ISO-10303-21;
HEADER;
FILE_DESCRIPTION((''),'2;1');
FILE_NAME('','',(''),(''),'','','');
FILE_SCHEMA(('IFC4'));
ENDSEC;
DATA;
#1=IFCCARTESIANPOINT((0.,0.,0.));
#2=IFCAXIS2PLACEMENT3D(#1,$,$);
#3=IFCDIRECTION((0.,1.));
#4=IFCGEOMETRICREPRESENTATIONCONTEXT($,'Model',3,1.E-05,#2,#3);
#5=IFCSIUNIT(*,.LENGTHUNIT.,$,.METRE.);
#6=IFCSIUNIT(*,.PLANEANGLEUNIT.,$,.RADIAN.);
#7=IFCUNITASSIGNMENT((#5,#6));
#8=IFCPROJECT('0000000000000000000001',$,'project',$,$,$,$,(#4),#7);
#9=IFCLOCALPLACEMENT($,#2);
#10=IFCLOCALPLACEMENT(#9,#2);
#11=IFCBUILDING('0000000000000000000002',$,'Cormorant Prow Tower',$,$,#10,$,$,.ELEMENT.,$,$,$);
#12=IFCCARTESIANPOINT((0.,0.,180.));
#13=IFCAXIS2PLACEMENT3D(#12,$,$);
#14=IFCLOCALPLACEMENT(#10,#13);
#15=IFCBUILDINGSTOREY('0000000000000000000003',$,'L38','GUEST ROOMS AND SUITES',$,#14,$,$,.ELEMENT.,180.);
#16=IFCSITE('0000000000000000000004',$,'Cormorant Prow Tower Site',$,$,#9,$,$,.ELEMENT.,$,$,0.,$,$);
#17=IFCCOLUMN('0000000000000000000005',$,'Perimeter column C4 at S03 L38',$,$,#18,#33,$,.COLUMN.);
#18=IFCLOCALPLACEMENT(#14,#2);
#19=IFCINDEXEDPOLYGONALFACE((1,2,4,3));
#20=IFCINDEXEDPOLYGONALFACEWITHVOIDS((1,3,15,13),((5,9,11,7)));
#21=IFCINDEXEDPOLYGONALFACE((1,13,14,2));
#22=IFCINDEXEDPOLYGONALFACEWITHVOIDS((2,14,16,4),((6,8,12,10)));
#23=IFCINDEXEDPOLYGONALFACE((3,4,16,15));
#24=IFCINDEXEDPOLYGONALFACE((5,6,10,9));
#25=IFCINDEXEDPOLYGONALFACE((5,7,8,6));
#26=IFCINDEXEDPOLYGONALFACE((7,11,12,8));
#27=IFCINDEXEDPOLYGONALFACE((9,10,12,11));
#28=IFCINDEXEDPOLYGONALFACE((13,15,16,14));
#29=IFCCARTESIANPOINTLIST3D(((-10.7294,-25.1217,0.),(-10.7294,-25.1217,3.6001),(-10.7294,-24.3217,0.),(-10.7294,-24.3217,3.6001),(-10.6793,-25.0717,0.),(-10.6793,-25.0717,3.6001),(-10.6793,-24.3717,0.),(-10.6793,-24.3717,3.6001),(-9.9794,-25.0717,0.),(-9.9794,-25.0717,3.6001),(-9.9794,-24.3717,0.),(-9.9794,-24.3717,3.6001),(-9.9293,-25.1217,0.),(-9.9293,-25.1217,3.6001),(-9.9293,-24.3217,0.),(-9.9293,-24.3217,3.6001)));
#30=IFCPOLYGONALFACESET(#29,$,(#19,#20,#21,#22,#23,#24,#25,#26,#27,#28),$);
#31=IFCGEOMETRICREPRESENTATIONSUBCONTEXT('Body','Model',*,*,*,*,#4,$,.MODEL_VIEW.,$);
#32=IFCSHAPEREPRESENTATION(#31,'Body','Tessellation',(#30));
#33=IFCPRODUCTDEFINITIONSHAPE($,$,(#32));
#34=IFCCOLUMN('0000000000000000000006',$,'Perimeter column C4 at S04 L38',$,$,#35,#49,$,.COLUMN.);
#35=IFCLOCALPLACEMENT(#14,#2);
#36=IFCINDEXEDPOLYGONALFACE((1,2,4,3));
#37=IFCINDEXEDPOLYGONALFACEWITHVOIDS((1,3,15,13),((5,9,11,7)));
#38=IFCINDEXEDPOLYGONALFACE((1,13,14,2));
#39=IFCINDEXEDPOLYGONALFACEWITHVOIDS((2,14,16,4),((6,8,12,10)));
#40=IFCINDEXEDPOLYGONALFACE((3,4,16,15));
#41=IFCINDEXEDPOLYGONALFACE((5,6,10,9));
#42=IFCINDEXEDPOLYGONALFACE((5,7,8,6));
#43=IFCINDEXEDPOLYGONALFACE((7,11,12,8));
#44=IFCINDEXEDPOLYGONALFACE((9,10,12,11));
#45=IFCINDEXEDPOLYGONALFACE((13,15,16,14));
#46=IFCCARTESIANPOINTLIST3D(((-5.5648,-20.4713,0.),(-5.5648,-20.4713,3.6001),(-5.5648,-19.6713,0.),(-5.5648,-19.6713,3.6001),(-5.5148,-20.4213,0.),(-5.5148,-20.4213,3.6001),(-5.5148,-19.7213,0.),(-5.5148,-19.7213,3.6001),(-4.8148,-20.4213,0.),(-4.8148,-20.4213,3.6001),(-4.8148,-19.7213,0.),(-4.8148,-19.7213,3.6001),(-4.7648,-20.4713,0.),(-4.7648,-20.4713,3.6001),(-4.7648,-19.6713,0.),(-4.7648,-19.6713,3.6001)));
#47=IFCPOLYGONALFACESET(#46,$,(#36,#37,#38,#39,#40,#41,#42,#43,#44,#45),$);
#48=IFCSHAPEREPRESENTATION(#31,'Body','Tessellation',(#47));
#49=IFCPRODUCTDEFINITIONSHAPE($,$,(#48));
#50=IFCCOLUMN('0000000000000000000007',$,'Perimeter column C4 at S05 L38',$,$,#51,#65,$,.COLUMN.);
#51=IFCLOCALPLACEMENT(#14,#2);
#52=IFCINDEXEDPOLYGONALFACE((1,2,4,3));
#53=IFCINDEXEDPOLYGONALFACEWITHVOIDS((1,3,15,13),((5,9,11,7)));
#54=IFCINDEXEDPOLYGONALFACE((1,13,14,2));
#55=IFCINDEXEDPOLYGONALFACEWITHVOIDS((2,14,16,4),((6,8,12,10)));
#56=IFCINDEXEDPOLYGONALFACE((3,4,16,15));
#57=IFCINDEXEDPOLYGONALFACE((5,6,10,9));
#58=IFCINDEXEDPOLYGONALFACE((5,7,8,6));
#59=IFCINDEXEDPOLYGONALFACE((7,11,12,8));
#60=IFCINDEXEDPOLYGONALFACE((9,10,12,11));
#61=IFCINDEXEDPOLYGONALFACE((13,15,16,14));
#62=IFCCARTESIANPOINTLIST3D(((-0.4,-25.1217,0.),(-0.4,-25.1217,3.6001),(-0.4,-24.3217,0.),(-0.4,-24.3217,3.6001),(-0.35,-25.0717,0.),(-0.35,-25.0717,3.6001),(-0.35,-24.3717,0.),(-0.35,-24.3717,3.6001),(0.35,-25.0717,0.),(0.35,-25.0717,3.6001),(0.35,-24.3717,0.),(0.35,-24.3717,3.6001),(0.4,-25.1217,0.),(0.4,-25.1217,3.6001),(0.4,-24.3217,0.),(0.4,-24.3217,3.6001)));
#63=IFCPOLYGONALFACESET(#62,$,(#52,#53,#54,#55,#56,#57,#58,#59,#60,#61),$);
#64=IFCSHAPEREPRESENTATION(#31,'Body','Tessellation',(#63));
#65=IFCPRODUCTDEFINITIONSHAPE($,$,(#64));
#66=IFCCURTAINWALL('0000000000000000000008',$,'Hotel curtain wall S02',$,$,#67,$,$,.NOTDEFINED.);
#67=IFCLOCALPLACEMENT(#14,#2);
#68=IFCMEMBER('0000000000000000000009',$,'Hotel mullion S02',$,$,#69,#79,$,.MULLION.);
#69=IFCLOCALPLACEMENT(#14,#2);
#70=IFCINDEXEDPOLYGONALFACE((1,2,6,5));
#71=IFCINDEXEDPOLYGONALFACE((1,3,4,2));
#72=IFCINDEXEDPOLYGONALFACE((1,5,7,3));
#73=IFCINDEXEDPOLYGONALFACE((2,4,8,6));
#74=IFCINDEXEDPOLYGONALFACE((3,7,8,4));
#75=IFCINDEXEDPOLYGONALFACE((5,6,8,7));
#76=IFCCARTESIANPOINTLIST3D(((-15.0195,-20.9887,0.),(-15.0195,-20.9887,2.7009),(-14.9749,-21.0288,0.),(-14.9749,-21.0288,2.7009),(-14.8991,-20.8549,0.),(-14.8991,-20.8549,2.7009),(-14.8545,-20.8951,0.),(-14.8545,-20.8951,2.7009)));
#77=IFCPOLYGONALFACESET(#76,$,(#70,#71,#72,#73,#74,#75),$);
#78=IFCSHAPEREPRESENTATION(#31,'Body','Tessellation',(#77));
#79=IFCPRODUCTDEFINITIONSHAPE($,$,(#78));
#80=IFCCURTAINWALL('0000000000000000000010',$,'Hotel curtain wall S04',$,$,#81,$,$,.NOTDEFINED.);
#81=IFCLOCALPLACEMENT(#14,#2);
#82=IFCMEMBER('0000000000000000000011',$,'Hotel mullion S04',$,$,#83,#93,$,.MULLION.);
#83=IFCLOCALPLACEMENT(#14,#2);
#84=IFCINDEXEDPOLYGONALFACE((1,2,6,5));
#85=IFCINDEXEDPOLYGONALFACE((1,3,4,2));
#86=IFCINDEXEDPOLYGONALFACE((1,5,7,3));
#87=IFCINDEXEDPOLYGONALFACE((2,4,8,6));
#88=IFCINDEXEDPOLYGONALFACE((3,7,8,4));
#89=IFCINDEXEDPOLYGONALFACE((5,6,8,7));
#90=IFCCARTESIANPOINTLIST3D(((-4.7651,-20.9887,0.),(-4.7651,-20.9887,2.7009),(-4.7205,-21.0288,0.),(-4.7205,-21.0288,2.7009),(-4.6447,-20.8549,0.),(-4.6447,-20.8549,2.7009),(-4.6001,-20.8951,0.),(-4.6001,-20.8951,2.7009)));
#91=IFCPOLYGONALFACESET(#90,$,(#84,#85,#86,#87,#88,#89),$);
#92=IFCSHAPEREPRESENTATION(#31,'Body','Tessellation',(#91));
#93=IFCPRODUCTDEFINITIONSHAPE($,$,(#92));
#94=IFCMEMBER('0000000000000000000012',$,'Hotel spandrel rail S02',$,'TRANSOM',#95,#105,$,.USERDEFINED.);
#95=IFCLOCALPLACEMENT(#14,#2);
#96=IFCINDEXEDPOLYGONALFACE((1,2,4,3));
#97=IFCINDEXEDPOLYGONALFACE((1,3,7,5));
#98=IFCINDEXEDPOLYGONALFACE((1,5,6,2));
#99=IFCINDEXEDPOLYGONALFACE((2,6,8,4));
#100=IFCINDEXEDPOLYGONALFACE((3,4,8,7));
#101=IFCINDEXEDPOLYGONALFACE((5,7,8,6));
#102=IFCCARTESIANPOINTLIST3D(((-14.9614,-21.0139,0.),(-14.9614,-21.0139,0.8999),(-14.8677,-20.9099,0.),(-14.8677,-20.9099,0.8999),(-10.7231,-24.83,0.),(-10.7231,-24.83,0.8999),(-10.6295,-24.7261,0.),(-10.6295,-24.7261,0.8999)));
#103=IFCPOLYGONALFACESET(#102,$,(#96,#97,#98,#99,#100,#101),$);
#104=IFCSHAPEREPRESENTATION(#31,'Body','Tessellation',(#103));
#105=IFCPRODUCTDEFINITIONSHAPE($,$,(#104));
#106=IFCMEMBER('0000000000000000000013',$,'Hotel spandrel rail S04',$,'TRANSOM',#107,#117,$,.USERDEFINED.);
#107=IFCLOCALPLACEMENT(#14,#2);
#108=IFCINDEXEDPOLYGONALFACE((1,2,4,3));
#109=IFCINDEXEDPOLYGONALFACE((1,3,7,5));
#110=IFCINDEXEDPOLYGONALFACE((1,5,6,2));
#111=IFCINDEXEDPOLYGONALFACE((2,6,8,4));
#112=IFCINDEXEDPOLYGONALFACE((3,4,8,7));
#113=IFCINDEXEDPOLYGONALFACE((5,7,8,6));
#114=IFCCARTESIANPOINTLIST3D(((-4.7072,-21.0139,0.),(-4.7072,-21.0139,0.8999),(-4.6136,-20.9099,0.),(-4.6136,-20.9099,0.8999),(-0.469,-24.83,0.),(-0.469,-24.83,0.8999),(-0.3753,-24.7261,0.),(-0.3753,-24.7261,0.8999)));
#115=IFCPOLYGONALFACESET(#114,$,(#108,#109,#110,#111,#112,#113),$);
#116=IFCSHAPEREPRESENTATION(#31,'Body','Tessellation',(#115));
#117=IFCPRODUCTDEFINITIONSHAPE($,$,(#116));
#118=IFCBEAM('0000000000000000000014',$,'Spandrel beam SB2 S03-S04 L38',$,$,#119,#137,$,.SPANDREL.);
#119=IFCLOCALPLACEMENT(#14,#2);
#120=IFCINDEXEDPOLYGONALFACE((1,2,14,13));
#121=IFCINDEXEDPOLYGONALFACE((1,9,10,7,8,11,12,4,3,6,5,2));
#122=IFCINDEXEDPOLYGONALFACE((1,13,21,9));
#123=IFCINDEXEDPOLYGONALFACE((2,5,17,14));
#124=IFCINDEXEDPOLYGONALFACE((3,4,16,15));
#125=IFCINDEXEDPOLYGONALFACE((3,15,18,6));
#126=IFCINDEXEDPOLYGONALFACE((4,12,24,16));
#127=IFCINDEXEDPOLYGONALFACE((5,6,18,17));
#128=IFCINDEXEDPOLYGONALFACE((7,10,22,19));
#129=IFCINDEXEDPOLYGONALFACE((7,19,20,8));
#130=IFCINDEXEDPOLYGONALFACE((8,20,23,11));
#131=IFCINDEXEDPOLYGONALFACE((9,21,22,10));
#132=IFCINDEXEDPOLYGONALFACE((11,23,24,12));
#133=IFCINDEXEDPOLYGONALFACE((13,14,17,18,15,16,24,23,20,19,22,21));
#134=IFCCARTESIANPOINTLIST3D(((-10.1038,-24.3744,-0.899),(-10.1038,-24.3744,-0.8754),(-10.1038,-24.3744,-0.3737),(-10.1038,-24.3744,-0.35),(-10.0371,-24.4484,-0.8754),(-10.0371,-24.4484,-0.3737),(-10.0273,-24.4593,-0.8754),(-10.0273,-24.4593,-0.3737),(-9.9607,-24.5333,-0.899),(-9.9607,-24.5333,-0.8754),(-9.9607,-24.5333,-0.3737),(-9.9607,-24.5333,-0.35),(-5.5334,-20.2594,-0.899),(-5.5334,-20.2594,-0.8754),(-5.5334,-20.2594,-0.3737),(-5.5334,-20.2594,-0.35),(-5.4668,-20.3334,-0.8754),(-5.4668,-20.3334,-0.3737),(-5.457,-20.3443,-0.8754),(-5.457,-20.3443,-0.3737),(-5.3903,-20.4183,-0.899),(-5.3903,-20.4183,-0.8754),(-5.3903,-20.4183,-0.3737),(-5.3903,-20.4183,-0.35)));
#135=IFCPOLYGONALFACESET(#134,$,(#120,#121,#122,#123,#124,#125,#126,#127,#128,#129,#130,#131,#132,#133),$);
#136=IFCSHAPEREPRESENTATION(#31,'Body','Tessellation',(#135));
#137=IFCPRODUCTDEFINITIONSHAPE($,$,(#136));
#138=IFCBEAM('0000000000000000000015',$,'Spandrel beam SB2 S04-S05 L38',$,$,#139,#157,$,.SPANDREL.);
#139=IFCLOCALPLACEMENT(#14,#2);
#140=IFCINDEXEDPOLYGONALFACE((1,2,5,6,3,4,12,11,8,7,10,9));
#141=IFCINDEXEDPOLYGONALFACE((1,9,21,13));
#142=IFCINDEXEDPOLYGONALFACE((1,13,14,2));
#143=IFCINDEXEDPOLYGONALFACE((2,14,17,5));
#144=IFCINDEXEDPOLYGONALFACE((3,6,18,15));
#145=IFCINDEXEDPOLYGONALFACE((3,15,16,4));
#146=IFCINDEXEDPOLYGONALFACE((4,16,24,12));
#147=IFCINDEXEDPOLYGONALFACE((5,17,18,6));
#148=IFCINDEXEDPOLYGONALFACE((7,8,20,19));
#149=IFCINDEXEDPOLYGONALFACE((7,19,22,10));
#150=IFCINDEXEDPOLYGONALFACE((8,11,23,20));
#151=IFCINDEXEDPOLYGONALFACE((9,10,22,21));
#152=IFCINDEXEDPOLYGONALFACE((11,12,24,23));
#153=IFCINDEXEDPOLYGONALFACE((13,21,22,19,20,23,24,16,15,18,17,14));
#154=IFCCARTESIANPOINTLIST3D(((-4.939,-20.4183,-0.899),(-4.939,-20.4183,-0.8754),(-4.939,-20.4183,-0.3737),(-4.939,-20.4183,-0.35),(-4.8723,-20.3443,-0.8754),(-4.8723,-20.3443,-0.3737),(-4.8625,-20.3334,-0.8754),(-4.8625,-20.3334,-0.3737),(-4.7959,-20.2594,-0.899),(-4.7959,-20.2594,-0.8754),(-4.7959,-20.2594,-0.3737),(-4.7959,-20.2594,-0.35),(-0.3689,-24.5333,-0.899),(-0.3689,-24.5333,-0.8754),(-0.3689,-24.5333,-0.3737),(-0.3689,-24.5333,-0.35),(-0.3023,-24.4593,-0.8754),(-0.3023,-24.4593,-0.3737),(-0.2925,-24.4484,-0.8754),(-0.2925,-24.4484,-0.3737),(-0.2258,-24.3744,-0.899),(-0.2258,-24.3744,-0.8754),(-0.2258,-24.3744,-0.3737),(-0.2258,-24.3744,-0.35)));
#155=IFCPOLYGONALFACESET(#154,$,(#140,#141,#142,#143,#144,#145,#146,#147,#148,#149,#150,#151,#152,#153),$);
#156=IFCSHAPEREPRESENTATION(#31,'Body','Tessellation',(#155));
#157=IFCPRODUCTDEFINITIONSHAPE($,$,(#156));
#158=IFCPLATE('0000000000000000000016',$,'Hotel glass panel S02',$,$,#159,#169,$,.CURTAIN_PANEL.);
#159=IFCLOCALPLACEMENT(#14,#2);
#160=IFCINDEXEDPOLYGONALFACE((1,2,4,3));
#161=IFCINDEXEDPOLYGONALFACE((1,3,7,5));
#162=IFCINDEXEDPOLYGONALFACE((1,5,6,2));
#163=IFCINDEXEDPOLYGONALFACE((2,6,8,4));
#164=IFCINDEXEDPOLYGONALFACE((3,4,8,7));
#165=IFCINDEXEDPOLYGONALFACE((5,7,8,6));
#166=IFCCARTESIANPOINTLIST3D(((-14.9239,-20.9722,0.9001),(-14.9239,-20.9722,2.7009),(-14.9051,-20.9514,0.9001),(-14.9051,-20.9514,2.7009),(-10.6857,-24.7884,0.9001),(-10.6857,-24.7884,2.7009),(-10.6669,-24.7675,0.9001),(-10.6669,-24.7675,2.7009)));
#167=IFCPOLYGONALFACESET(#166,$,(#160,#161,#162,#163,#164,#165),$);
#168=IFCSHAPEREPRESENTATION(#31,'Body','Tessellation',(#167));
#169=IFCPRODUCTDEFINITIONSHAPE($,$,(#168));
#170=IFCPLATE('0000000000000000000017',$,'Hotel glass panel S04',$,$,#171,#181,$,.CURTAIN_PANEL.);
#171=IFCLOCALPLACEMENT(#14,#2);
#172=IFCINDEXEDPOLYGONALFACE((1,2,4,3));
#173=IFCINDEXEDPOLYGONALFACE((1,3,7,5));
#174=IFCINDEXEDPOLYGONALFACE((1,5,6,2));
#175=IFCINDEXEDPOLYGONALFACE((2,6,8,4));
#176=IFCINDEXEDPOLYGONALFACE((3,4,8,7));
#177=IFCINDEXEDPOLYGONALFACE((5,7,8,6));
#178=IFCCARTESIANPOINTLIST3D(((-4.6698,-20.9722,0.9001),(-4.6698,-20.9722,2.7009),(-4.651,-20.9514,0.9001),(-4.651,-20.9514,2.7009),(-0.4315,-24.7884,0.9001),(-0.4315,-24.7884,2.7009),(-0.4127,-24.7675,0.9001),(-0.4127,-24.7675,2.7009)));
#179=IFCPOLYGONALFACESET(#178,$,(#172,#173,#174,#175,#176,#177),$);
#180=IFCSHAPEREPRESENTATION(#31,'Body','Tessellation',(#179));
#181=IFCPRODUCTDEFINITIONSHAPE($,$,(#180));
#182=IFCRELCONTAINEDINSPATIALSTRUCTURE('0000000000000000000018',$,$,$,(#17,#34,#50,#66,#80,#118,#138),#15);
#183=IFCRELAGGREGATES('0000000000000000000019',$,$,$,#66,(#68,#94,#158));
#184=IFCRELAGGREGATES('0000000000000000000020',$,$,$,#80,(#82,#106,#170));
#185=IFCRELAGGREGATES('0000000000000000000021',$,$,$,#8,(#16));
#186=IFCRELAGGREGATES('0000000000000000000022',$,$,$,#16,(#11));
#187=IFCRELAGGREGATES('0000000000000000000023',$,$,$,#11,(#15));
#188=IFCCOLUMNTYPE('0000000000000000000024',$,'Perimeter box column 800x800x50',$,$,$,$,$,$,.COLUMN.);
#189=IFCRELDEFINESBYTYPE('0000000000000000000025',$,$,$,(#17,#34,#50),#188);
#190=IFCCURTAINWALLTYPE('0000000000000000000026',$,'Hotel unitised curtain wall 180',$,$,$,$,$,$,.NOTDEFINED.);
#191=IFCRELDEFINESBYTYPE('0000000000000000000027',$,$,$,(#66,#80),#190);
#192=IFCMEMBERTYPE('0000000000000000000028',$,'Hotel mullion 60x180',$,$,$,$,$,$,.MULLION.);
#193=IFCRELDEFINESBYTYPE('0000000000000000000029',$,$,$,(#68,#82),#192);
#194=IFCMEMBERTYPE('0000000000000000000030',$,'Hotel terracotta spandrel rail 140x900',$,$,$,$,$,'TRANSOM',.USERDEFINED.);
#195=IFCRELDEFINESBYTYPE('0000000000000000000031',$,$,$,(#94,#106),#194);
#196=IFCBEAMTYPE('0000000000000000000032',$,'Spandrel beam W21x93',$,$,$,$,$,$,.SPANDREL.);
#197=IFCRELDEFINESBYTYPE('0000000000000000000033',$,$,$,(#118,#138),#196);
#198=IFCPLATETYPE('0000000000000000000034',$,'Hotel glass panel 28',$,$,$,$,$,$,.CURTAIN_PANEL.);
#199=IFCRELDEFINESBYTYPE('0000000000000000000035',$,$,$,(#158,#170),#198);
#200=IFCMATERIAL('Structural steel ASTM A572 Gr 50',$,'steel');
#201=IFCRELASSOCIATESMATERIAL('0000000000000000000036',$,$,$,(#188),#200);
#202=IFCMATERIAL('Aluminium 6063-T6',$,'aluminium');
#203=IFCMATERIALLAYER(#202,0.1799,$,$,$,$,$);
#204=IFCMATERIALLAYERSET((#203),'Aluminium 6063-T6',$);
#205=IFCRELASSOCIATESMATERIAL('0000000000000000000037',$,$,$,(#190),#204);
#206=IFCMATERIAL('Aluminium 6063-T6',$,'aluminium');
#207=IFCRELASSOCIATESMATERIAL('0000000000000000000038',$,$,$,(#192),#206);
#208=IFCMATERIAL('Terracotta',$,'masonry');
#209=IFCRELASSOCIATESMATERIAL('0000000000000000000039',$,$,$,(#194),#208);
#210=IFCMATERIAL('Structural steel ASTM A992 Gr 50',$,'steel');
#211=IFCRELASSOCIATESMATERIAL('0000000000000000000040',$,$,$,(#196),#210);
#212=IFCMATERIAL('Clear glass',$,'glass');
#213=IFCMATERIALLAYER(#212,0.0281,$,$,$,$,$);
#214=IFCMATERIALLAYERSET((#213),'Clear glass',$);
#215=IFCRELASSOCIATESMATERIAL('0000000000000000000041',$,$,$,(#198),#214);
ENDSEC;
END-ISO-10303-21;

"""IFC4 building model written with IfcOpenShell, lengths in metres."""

from ifc_helpers import new_model, si_unit, direction, frame, origin, origin_2d, place, context, subcontext, project, spatial, rectangle, hollow_rectangle, i_section, extrude, material, layer, layer_set, material_profile, profile_set, type_object, element, aggregate, save


model = new_model("IFC4")

# Units and contexts
model_context = context("Model", 3, precision=1e-05, world=origin(), true_north=direction((0.0, 1.0)))
body_context = subcontext(model_context, "Body", "Model", "MODEL_VIEW")
ifc_project = project(units=[si_unit("LENGTHUNIT", "METRE"), si_unit("PLANEANGLEUNIT", "RADIAN")], contexts=[model_context])

# Site, building, storey
site_placement = place(None, origin())
site = spatial("IfcSite", under=ifc_project, at=site_placement, Name="Cormorant Prow Tower Site", CompositionType="ELEMENT", RefElevation=0.0)
building_placement = place(site_placement, origin())
building = spatial("IfcBuilding", under=site, at=building_placement, Name="Cormorant Prow Tower", CompositionType="ELEMENT")
storey_placement = place(building_placement, frame((0.0, 0.0, 180.0)))
storey = spatial("IfcBuildingStorey", under=building, at=storey_placement, Name="L38", Description="GUEST ROOMS AND SUITES", CompositionType="ELEMENT", Elevation=180.0)

# Columns
ifc_material_1 = material(Name="Structural steel ASTM A572 Gr 50", Category="steel")
ifc_material_profile_1 = material_profile(ifc_material_1, hollow_rectangle(XDim=0.8, YDim=0.8, WallThickness=0.05, at=origin_2d()), Name="Box 800x800x50")
ifc_profile_set_1 = profile_set([ifc_material_profile_1], Name="Structural steel ASTM A572 Gr 50")
column_type = type_object("IfcColumnType", Name="Perimeter box column 800x800x50", PredefinedType="COLUMN", material=ifc_profile_set_1)
for number, where, z_axis, x_axis, name in (
    (1, (-10.3293, -24.7217, 0.0), (0.0, 0.0, 1.0), (1.0, 0.0, 0.0), "Perimeter column C4 at S03 L38"),
    (2, (-5.1648, -20.0713, 0.0), (0.0, 0.0, 1.0), (1.0, 0.0, 0.0), "Perimeter column C4 at S04 L38"),
    (3, (0.0, -24.7217, 0.0), (0.0, 0.0, 1.0), (1.0, 0.0, 0.0), "Perimeter column C4 at S05 L38"),
):
    element("IfcColumn", number, at=place(storey_placement, frame(where, z_axis=z_axis, x_axis=x_axis)), inside=storey, type_object=column_type, Name=name, PredefinedType="COLUMN", context=body_context, shape_type="SweptSolid", body=[
        extrude(hollow_rectangle(XDim=0.8, YDim=0.8, WallThickness=0.05, at=origin_2d()), origin(), (0.0, 0.0, 1.0), 3.6001),
    ])

# Curtain walls, members
ifc_material_2 = material(Name="Aluminium 6063-T6", Category="aluminium")
ifc_layer_1 = layer(ifc_material_2, 0.1799)
ifc_layer_set_1 = layer_set([ifc_layer_1], Name="Aluminium 6063-T6")
curtain_wall_type = type_object("IfcCurtainWallType", Name="Hotel unitised curtain wall 180", PredefinedType="NOTDEFINED", material=ifc_layer_set_1)
curtain_wall_1_placement = place(storey_placement, origin())
curtain_wall_1 = element("IfcCurtainWall", 4, at=curtain_wall_1_placement, inside=storey, type_object=curtain_wall_type, Name="Hotel curtain wall S02", PredefinedType="NOTDEFINED")
ifc_material_3 = material(Name="Aluminium 6063-T6", Category="aluminium")
ifc_material_profile_2 = material_profile(ifc_material_3, rectangle(XDim=0.1799, YDim=0.0601, at=origin_2d()), Name="Hotel mullion 60x180")
ifc_profile_set_2 = profile_set([ifc_material_profile_2], Name="Aluminium 6063-T6")
member_type_1 = type_object("IfcMemberType", Name="Hotel mullion 60x180", PredefinedType="MULLION", material=ifc_profile_set_2)
member_1_placement = place(storey_placement, frame((-14.937, -20.9419, 0.0), z_axis=(0.0, 0.0, 1.0), x_axis=(0.669131, 0.743145, 0.0)))
member_1 = element("IfcMember", 5, at=member_1_placement, type_object=member_type_1, Name="Hotel mullion S02", PredefinedType="MULLION", context=body_context, shape_type="SweptSolid", body=[
    extrude(rectangle(XDim=0.1799, YDim=0.0601, at=origin_2d()), origin(), (0.0, 0.0, 1.0), 2.7009),
])
curtain_wall_2_placement = place(storey_placement, origin())
curtain_wall_2 = element("IfcCurtainWall", 6, at=curtain_wall_2_placement, inside=storey, type_object=curtain_wall_type, Name="Hotel curtain wall S04", PredefinedType="NOTDEFINED")
member_2_placement = place(storey_placement, frame((-4.6826, -20.9419, 0.0), z_axis=(0.0, 0.0, 1.0), x_axis=(0.669131, 0.743145, 0.0)))
member_2 = element("IfcMember", 7, at=member_2_placement, type_object=member_type_1, Name="Hotel mullion S04", PredefinedType="MULLION", context=body_context, shape_type="SweptSolid", body=[
    extrude(rectangle(XDim=0.1799, YDim=0.0601, at=origin_2d()), origin(), (0.0, 0.0, 1.0), 2.7009),
])

# Members
ifc_material_4 = material(Name="Terracotta", Category="masonry")
ifc_material_profile_3 = material_profile(ifc_material_4, rectangle(XDim=0.1399, YDim=0.8999, at=origin_2d()), Name="Hotel terracotta spandrel rail 140x900")
ifc_profile_set_3 = profile_set([ifc_material_profile_3], Name="Terracotta")
member_type_2 = type_object("IfcMemberType", Name="Hotel terracotta spandrel rail 140x900", ElementType="TRANSOM", PredefinedType="USERDEFINED", material=ifc_profile_set_3)
member_3_placement = place(storey_placement, frame((-14.9146, -20.9619, 0.45), z_axis=(0.743145, -0.66913, 0.0), x_axis=(0.66913, 0.743145, 0.0)))
member_3 = element("IfcMember", 8, at=member_3_placement, type_object=member_type_2, Name="Hotel spandrel rail S02", ObjectType="TRANSOM", PredefinedType="USERDEFINED", context=body_context, shape_type="SweptSolid", body=[
    extrude(rectangle(XDim=0.1399, YDim=0.8999, at=origin_2d()), origin(), (0.0, 0.0, 1.0), 5.7031),
])
member_4_placement = place(storey_placement, frame((-4.6604, -20.9619, 0.45), z_axis=(0.743145, -0.66913, 0.0), x_axis=(0.66913, 0.743145, 0.0)))
member_4 = element("IfcMember", 9, at=member_4_placement, type_object=member_type_2, Name="Hotel spandrel rail S04", ObjectType="TRANSOM", PredefinedType="USERDEFINED", context=body_context, shape_type="SweptSolid", body=[
    extrude(rectangle(XDim=0.1399, YDim=0.8999, at=origin_2d()), origin(), (0.0, 0.0, 1.0), 5.7031),
])

# Beams
ifc_material_5 = material(Name="Structural steel ASTM A992 Gr 50", Category="steel")
ifc_material_profile_4 = material_profile(ifc_material_5, i_section(OverallWidth=0.2139, OverallDepth=0.5491, WebThickness=0.0146, FlangeThickness=0.0237, at=origin_2d()), Name="W21x93")
ifc_profile_set_4 = profile_set([ifc_material_profile_4], Name="Structural steel ASTM A992 Gr 50")
beam_type = type_object("IfcBeamType", Name="Spandrel beam W21x93", PredefinedType="SPANDREL", material=ifc_profile_set_4)
beam_1_placement = place(storey_placement, frame((-10.0322, -24.4539, -0.6245), z_axis=(0.743156, 0.669118, 0.0), x_axis=(-0.669118, 0.743156, 0.0)))
element("IfcBeam", 10, at=beam_1_placement, inside=storey, type_object=beam_type, Name="Spandrel beam SB2 S03-S04 L38", PredefinedType="SPANDREL", context=body_context, shape_type="SweptSolid", body=[
    extrude(i_section(OverallWidth=0.2139, OverallDepth=0.5491, WebThickness=0.0146, FlangeThickness=0.0237, at=origin_2d()), origin(), (0.0, 0.0, 1.0), 6.1499),
])
beam_2_placement = place(storey_placement, frame((-4.8674, -20.3389, -0.6245), z_axis=(0.743138, -0.669138, 0.0), x_axis=(0.669138, 0.743138, 0.0)))
element("IfcBeam", 11, at=beam_2_placement, inside=storey, type_object=beam_type, Name="Spandrel beam SB2 S04-S05 L38", PredefinedType="SPANDREL", context=body_context, shape_type="SweptSolid", body=[
    extrude(i_section(OverallWidth=0.2139, OverallDepth=0.5491, WebThickness=0.0146, FlangeThickness=0.0237, at=origin_2d()), origin(), (0.0, 0.0, 1.0), 6.1497),
])

# Plates
ifc_material_6 = material(Name="Clear glass", Category="glass")
ifc_layer_2 = layer(ifc_material_6, 0.0281)
ifc_layer_set_2 = layer_set([ifc_layer_2], Name="Clear glass")
plate_type = type_object("IfcPlateType", Name="Hotel glass panel 28", PredefinedType="CURTAIN_PANEL", material=ifc_layer_set_2)
plate_1_placement = place(storey_placement, frame((-12.7954, -22.8699, 0.9001), z_axis=(0.0, 0.0, 1.0), x_axis=(0.743145, -0.669131, 0.0)))
plate_1 = element("IfcPlate", 12, at=plate_1_placement, type_object=plate_type, Name="Hotel glass panel S02", PredefinedType="CURTAIN_PANEL", context=body_context, shape_type="SweptSolid", body=[
    extrude(rectangle(XDim=5.7031, YDim=0.0281, at=origin_2d()), origin(), (0.0, 0.0, 1.0), 1.8008),
])
aggregate(curtain_wall_1, [member_1, member_3, plate_1])
plate_2_placement = place(storey_placement, frame((-2.5413, -22.8699, 0.9001), z_axis=(0.0, 0.0, 1.0), x_axis=(0.743145, -0.669131, 0.0)))
plate_2 = element("IfcPlate", 13, at=plate_2_placement, type_object=plate_type, Name="Hotel glass panel S04", PredefinedType="CURTAIN_PANEL", context=body_context, shape_type="SweptSolid", body=[
    extrude(rectangle(XDim=5.7031, YDim=0.0281, at=origin_2d()), origin(), (0.0, 0.0, 1.0), 1.8008),
])
aggregate(curtain_wall_2, [member_2, member_4, plate_2])

save(model, "model.ifc")
